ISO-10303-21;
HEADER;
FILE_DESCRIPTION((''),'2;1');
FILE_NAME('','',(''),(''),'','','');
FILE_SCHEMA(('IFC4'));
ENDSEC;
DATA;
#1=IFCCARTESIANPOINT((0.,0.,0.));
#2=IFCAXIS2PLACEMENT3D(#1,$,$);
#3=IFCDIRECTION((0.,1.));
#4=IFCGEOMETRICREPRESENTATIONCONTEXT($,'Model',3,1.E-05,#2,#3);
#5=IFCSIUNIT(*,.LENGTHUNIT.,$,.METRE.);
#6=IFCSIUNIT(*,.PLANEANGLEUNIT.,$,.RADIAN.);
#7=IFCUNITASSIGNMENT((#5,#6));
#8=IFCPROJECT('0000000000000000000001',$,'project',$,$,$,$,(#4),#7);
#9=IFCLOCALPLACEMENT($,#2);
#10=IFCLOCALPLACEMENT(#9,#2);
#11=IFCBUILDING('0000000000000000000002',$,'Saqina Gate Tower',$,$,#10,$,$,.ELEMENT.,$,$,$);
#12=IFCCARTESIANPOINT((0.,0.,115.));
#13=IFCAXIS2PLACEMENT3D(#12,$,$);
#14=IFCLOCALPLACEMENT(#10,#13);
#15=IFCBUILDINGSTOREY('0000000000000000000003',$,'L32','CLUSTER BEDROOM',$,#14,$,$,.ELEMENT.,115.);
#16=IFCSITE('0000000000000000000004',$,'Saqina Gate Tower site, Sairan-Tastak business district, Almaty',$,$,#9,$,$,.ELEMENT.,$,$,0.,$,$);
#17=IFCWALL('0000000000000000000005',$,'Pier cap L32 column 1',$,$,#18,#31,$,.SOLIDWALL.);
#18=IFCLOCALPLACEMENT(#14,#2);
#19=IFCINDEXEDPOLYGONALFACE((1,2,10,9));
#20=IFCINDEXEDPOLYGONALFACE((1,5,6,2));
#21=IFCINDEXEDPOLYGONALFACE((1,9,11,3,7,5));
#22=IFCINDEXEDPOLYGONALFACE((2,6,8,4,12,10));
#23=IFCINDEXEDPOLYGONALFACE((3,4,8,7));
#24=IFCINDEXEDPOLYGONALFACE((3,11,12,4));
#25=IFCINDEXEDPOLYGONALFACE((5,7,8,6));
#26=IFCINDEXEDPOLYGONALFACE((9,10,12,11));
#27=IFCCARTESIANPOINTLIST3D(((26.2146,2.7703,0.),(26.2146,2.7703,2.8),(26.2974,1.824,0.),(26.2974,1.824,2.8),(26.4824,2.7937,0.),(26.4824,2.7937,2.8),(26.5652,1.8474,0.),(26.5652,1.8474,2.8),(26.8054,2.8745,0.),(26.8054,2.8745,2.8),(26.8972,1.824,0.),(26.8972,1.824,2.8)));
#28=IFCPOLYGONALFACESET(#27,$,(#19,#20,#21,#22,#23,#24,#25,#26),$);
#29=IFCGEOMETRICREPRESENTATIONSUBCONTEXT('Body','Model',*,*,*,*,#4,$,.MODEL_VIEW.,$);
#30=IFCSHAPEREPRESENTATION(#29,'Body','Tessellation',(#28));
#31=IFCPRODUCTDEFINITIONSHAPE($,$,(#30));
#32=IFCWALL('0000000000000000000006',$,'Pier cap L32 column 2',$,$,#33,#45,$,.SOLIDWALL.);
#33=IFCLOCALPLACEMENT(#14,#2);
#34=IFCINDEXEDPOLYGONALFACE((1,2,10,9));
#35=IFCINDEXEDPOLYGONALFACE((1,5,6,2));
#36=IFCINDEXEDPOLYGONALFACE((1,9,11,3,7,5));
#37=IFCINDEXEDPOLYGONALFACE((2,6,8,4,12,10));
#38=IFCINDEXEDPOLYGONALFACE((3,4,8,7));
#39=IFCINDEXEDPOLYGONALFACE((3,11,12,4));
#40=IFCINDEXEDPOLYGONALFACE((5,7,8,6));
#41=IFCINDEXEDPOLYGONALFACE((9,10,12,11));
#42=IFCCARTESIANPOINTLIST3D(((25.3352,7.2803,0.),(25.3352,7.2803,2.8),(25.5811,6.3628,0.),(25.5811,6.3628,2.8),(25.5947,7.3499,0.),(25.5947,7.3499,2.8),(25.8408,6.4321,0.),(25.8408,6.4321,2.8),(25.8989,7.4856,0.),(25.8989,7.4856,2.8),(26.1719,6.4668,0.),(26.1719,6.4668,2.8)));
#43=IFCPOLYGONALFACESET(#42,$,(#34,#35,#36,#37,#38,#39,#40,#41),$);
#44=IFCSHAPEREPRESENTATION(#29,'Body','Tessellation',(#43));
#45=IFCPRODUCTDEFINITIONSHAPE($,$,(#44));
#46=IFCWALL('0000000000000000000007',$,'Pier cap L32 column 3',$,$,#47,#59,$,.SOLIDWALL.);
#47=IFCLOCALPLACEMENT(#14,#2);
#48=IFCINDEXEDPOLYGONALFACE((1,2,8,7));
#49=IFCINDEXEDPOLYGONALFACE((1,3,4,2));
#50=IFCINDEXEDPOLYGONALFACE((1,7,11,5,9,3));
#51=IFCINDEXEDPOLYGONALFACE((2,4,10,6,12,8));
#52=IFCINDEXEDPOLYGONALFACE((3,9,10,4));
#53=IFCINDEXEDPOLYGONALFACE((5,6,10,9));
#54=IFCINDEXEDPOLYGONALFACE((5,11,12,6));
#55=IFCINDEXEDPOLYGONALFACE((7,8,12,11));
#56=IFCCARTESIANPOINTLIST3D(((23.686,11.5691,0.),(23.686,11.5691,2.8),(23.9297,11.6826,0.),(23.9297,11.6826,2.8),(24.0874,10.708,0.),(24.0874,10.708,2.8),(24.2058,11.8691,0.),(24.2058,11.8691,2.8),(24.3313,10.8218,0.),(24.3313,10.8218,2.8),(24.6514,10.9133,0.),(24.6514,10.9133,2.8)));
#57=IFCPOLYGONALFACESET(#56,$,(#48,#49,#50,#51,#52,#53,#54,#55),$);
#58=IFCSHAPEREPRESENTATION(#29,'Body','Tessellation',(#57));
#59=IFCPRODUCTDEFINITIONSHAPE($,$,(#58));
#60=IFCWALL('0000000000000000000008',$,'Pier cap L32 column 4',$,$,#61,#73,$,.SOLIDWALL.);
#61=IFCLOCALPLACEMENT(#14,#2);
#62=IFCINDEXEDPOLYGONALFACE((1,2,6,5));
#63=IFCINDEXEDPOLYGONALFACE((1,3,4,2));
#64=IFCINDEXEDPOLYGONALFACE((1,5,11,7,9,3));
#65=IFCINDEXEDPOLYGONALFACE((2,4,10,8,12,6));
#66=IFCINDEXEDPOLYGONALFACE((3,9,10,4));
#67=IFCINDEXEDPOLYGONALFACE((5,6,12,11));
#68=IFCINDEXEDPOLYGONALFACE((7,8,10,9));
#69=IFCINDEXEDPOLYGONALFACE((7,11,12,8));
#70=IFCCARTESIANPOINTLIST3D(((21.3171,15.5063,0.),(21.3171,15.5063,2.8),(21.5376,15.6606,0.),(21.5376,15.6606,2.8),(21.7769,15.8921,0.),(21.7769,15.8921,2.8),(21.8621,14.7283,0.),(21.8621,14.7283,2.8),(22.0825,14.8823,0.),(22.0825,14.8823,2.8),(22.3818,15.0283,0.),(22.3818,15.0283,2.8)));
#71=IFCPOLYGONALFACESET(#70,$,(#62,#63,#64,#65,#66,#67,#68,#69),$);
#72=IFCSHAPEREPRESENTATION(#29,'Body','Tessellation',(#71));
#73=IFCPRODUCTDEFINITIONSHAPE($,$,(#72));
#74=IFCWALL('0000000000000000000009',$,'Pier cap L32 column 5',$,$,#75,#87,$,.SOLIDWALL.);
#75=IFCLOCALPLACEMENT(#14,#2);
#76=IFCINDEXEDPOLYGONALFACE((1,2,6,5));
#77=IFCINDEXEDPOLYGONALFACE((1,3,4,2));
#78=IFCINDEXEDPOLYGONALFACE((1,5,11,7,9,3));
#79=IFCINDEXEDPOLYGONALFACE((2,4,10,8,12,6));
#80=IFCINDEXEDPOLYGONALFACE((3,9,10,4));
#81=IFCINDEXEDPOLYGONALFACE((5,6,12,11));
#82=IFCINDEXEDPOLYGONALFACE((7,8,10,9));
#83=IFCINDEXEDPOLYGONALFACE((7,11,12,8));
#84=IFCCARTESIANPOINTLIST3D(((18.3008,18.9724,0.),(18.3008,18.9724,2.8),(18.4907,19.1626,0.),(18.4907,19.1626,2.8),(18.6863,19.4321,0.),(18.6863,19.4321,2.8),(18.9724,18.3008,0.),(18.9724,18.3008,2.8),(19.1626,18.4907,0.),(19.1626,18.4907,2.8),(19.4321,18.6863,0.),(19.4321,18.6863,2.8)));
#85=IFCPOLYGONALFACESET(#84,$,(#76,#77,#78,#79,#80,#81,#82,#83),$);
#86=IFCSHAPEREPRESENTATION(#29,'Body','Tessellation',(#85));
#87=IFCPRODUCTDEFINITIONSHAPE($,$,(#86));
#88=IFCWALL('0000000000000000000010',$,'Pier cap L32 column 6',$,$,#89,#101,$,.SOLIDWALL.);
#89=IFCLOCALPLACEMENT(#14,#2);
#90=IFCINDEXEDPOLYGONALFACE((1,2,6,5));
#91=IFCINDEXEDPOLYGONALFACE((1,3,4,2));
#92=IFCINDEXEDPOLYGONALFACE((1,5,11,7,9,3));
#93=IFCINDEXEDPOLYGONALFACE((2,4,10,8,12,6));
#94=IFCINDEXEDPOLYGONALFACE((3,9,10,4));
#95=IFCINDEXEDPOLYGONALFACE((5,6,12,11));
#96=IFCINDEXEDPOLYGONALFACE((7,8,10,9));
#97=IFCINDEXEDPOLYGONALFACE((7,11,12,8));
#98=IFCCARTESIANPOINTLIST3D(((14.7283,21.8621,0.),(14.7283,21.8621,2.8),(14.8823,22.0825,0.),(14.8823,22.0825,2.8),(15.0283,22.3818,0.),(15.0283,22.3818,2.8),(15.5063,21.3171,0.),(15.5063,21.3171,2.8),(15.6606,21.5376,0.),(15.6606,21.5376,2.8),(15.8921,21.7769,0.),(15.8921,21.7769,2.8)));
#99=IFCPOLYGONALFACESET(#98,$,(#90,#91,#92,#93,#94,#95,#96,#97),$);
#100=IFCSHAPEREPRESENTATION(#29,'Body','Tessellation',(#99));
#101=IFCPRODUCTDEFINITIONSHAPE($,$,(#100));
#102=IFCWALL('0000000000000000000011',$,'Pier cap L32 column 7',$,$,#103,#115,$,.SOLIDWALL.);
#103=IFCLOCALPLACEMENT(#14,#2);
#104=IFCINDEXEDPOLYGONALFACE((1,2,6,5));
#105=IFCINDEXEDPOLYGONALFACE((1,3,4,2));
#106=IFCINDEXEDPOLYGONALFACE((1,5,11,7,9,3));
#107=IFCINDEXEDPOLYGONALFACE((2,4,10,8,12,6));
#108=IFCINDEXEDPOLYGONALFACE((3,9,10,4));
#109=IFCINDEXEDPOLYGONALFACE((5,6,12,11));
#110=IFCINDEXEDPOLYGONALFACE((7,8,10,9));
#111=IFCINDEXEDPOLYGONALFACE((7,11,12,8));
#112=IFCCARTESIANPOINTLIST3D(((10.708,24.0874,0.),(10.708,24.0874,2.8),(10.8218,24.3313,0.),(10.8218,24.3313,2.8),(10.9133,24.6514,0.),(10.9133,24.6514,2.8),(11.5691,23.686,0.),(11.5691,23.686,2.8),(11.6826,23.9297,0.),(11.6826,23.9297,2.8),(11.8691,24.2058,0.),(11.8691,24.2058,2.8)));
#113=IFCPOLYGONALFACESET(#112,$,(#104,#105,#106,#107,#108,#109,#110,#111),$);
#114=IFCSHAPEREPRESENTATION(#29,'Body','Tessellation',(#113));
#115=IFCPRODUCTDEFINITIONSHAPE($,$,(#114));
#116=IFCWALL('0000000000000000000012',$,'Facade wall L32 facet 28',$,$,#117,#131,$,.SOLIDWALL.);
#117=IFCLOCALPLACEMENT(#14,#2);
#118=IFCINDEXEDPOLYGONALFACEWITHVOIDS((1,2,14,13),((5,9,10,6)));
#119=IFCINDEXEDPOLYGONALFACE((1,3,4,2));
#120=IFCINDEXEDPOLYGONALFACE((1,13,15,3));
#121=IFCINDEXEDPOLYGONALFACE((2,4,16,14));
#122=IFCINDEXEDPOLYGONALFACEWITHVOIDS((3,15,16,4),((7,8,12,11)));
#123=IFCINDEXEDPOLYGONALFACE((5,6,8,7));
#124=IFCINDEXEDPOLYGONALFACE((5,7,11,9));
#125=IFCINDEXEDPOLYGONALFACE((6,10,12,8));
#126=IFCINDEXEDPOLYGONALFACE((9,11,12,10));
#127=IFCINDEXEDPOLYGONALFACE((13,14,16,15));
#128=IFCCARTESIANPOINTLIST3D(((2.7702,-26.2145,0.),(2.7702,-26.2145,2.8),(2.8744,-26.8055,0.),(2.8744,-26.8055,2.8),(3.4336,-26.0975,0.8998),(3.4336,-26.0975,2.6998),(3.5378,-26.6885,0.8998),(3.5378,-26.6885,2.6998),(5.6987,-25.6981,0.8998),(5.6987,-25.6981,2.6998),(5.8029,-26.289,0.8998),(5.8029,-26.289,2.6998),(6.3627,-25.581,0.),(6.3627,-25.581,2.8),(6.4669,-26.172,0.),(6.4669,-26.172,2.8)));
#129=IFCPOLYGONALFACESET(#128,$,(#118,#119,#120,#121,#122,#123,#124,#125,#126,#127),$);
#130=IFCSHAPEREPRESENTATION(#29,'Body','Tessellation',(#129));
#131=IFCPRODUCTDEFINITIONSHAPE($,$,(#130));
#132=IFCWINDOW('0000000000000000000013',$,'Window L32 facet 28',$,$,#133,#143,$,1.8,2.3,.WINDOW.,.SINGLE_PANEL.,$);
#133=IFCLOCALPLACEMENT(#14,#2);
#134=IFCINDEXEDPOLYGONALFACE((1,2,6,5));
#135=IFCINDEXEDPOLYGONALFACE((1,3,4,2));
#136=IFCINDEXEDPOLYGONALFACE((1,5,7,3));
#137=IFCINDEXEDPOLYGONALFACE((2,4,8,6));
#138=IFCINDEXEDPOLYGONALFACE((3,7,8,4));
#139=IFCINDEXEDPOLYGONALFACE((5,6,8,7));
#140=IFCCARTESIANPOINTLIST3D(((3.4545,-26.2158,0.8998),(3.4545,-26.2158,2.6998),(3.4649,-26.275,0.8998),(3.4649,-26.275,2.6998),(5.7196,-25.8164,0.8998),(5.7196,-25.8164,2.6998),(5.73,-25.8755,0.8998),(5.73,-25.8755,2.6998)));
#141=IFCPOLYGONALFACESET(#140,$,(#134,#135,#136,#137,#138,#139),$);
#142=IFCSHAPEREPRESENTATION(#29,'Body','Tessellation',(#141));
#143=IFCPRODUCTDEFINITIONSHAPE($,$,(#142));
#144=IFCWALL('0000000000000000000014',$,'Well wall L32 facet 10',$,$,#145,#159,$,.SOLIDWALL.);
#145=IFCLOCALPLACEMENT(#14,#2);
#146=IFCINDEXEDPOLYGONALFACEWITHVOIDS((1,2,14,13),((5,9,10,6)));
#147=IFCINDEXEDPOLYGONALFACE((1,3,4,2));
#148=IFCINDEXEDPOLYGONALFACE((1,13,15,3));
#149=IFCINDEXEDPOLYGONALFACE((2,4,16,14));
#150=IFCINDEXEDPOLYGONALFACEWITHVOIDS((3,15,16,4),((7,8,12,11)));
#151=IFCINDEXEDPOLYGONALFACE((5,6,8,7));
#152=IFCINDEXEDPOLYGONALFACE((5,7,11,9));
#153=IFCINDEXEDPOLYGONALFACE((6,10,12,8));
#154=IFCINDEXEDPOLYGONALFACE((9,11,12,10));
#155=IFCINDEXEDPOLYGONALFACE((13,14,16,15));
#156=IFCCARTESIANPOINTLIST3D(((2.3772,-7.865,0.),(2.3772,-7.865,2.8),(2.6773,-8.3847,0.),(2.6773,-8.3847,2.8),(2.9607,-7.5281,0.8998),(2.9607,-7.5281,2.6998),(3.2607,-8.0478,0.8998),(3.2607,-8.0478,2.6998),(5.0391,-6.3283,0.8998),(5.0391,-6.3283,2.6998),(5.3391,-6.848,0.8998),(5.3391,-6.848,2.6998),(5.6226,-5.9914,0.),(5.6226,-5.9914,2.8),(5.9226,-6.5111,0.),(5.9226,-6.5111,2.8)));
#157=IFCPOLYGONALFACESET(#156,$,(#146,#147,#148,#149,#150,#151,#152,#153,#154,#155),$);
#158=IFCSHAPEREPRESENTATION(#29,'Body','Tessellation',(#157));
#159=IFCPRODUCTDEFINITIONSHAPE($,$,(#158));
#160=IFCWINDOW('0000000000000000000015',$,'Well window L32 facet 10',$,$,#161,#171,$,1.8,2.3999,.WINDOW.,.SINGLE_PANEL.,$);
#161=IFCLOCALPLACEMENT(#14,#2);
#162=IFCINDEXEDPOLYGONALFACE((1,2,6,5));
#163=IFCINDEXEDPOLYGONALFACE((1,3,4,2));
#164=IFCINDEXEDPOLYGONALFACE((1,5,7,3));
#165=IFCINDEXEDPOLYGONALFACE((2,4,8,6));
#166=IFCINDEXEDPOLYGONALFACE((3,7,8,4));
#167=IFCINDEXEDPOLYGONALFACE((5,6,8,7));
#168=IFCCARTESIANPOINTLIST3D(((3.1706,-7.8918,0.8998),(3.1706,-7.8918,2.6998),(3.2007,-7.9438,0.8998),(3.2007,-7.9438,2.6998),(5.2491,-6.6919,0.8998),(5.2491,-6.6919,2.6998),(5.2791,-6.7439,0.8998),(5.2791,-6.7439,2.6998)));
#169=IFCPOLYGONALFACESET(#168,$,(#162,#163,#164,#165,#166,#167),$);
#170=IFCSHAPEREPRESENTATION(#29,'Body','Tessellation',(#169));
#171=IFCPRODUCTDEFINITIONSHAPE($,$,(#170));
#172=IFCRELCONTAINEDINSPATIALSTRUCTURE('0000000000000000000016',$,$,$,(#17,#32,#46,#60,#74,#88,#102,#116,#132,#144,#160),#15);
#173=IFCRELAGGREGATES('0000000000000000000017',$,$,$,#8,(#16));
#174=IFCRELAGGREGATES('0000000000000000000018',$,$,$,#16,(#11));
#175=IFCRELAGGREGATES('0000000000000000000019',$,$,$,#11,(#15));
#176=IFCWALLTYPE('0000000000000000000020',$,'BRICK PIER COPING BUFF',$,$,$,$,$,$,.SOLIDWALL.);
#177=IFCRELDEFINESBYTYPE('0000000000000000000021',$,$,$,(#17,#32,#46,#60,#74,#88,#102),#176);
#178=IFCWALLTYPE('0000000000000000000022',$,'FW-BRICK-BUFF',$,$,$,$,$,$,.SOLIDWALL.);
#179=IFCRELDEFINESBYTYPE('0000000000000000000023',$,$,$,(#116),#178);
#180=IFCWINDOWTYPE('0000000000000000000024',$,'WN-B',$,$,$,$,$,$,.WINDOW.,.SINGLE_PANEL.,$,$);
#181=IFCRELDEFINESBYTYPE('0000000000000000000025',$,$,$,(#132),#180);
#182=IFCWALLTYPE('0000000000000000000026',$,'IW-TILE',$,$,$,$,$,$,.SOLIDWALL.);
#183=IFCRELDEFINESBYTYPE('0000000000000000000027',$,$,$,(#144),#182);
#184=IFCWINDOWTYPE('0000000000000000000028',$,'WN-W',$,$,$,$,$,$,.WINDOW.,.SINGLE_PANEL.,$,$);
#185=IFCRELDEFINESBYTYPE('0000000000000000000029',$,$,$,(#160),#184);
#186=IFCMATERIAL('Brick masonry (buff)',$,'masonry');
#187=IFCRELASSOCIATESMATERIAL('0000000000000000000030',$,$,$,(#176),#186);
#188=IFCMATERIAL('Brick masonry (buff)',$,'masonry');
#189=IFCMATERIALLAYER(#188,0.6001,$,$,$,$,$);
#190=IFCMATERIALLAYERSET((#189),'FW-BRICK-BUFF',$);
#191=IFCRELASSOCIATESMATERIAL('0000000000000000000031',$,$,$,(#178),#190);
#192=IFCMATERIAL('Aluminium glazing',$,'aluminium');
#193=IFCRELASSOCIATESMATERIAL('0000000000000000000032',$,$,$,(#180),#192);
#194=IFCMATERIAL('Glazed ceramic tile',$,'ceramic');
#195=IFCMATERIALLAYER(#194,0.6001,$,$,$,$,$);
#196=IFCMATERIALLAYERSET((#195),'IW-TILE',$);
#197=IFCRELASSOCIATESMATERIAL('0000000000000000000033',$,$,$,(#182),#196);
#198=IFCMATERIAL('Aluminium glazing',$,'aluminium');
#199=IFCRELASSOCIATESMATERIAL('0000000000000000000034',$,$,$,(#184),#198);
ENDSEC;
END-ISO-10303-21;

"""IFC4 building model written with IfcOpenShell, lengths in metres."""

from ifc_helpers import new_model, si_unit, direction, frame, frame_2d, origin, place, context, subcontext, project, spatial, polyline, rectangle, outline, extrude, material, layer, layer_set, type_object, element, fill, save


model = new_model("IFC4")

# Units and contexts
model_context = context("Model", 3, precision=1e-05, world=origin(), true_north=direction((0.0, 1.0)))
body_context = subcontext(model_context, "Body", "Model", "MODEL_VIEW")
ifc_project = project(units=[si_unit("LENGTHUNIT", "METRE"), si_unit("PLANEANGLEUNIT", "RADIAN")], contexts=[model_context])

# Site, building, storey
site_placement = place(None, origin())
site = spatial("IfcSite", under=ifc_project, at=site_placement, Name="Saqina Gate Tower site, Sairan-Tastak business district, Almaty", CompositionType="ELEMENT", RefElevation=0.0)
building_placement = place(site_placement, origin())
building = spatial("IfcBuilding", under=site, at=building_placement, Name="Saqina Gate Tower", CompositionType="ELEMENT")
storey_placement = place(building_placement, frame((0.0, 0.0, 115.0)))
storey = spatial("IfcBuildingStorey", under=building, at=storey_placement, Name="L32", Description="CLUSTER BEDROOM", CompositionType="ELEMENT", Elevation=115.0)

# Walls
ifc_material_1 = material(Name="Brick masonry (buff)", Category="masonry")
wall_type_1 = type_object("IfcWallType", Name="BRICK PIER COPING BUFF", PredefinedType="SOLIDWALL", material=ifc_material_1)
wall_1_placement = place(storey_placement, origin())
element("IfcWall", 1, at=wall_1_placement, inside=storey, type_object=wall_type_1, Name="Pier cap L32 column 1", PredefinedType="SOLIDWALL", context=body_context, shape_type="SweptSolid", body=[
    extrude(outline(polyline([(26.8054, 2.8745), (26.2146, 2.7703), (26.4824, 2.7937), (26.5652, 1.8474), (26.2974, 1.824), (26.8972, 1.824), (26.8054, 2.8745)])), origin(), (0.0, 0.0, 1.0), 2.8),
])
wall_2_placement = place(storey_placement, origin())
element("IfcWall", 2, at=wall_2_placement, inside=storey, type_object=wall_type_1, Name="Pier cap L32 column 2", PredefinedType="SOLIDWALL", context=body_context, shape_type="SweptSolid", body=[
    extrude(outline(polyline([(26.1719, 6.4668), (25.8989, 7.4856), (25.3352, 7.2803), (25.5947, 7.3499), (25.8408, 6.4321), (25.5811, 6.3628), (26.1719, 6.4668)])), origin(), (0.0, 0.0, 1.0), 2.8),
])
wall_3_placement = place(storey_placement, origin())
element("IfcWall", 3, at=wall_3_placement, inside=storey, type_object=wall_type_1, Name="Pier cap L32 column 3", PredefinedType="SOLIDWALL", context=body_context, shape_type="SweptSolid", body=[
    extrude(outline(polyline([(24.6514, 10.9133), (24.2058, 11.8691), (23.686, 11.5691), (23.9297, 11.6826), (24.3313, 10.8218), (24.0874, 10.708), (24.6514, 10.9133)])), origin(), (0.0, 0.0, 1.0), 2.8),
])
wall_4_placement = place(storey_placement, origin())
element("IfcWall", 4, at=wall_4_placement, inside=storey, type_object=wall_type_1, Name="Pier cap L32 column 4", PredefinedType="SOLIDWALL", context=body_context, shape_type="SweptSolid", body=[
    extrude(outline(polyline([(21.7769, 15.8921), (21.3171, 15.5063), (21.5376, 15.6606), (22.0825, 14.8823), (21.8621, 14.7283), (22.3818, 15.0283), (21.7769, 15.8921)])), origin(), (0.0, 0.0, 1.0), 2.8),
])
wall_5_placement = place(storey_placement, origin())
element("IfcWall", 5, at=wall_5_placement, inside=storey, type_object=wall_type_1, Name="Pier cap L32 column 5", PredefinedType="SOLIDWALL", context=body_context, shape_type="SweptSolid", body=[
    extrude(outline(polyline([(19.4321, 18.6863), (18.6863, 19.4321), (18.3008, 18.9724), (18.4907, 19.1626), (19.1626, 18.4907), (18.9724, 18.3008), (19.4321, 18.6863)])), origin(), (0.0, 0.0, 1.0), 2.8),
])
wall_6_placement = place(storey_placement, origin())
element("IfcWall", 6, at=wall_6_placement, inside=storey, type_object=wall_type_1, Name="Pier cap L32 column 6", PredefinedType="SOLIDWALL", context=body_context, shape_type="SweptSolid", body=[
    extrude(outline(polyline([(15.0283, 22.3818), (14.7283, 21.8621), (14.8823, 22.0825), (15.6606, 21.5376), (15.5063, 21.3171), (15.8921, 21.7769), (15.0283, 22.3818)])), origin(), (0.0, 0.0, 1.0), 2.8),
])
wall_7_placement = place(storey_placement, origin())
element("IfcWall", 7, at=wall_7_placement, inside=storey, type_object=wall_type_1, Name="Pier cap L32 column 7", PredefinedType="SOLIDWALL", context=body_context, shape_type="SweptSolid", body=[
    extrude(outline(polyline([(10.9133, 24.6514), (10.708, 24.0874), (10.8218, 24.3313), (11.6826, 23.9297), (11.5691, 23.686), (11.8691, 24.2058), (10.9133, 24.6514)])), origin(), (0.0, 0.0, 1.0), 2.8),
])

# Walls, openings, windows
ifc_material_2 = material(Name="Brick masonry (buff)", Category="masonry")
ifc_layer_1 = layer(ifc_material_2, 0.6001)
ifc_layer_set_1 = layer_set([ifc_layer_1], Name="FW-BRICK-BUFF")
wall_type_2 = type_object("IfcWallType", Name="FW-BRICK-BUFF", PredefinedType="SOLIDWALL", material=ifc_layer_set_1)
wall_8_placement = place(storey_placement, frame((2.8223, -26.51, 0.0), z_axis=(0.0, 0.0, 1.0), x_axis=(0.984804, 0.173671, 0.0)))
wall_8 = element("IfcWall", 8, at=wall_8_placement, inside=storey, type_object=wall_type_2, Name="Facade wall L32 facet 28", PredefinedType="SOLIDWALL", context=body_context, shape_type="SweptSolid", body=[
    extrude(rectangle(XDim=3.6479, YDim=0.6001, at=frame_2d((1.824, 0.0))), origin(), (0.0, 0.0, 1.0), 2.8),
])
opening_1_placement = place(wall_8_placement, frame((0.6738, 0.0, 0.8999)))
opening_1 = element("IfcOpeningElement", 9, at=opening_1_placement, cuts=wall_8, PredefinedType="OPENING", context=body_context, shape_type="SweptSolid", body=[
    extrude(rectangle(XDim=2.3, YDim=1.8, at=frame_2d((1.1499, 0.8999))), frame((0.0, 0.312, 0.0), z_axis=(0.0, -1.0, 0.0), x_axis=(1.0, 0.0, 0.0)), (0.0, 0.0, 1.0), 0.624),
])
ifc_material_3 = material(Name="Aluminium glazing", Category="aluminium")
window_type_1 = type_object("IfcWindowType", Name="WN-B", PartitioningType="SINGLE_PANEL", PredefinedType="WINDOW", material=ifc_material_3)
window_1_placement = place(opening_1_placement, origin())
window_1 = element("IfcWindow", 10, at=window_1_placement, inside=storey, type_object=window_type_1, Name="Window L32 facet 28", OverallHeight=1.8, OverallWidth=2.3, PartitioningType="SINGLE_PANEL", PredefinedType="WINDOW", context=body_context, shape_type="SweptSolid", body=[
    extrude(rectangle(XDim=2.3, YDim=1.8, at=frame_2d((1.1499, 0.8999))), frame((0.0, 0.1799, 0.0), z_axis=(0.0, -1.0, 0.0), x_axis=(1.0, 0.0, 0.0)), (0.0, 0.0, 1.0), 0.0601),
])
fill(opening_1, window_1)
ifc_material_4 = material(Name="Glazed ceramic tile", Category="ceramic")
ifc_layer_2 = layer(ifc_material_4, 0.6001)
ifc_layer_set_2 = layer_set([ifc_layer_2], Name="IW-TILE")
wall_type_3 = type_object("IfcWallType", Name="IW-TILE", PredefinedType="SOLIDWALL", material=ifc_layer_set_2)
wall_9_placement = place(storey_placement, frame((2.5273, -8.1248, 0.0), z_axis=(0.0, 0.0, 1.0), x_axis=(0.866046, 0.499965, 0.0)))
wall_9 = element("IfcWall", 11, at=wall_9_placement, inside=storey, type_object=wall_type_3, Name="Well wall L32 facet 10", PredefinedType="SOLIDWALL", context=body_context, shape_type="SweptSolid", body=[
    extrude(rectangle(XDim=3.7473, YDim=0.6001, at=frame_2d((1.8735, 0.0))), origin(), (0.0, 0.0, 1.0), 2.8),
])
opening_2_placement = place(wall_9_placement, frame((0.6736, 0.0, 0.8999)))
opening_2 = element("IfcOpeningElement", 12, at=opening_2_placement, cuts=wall_9, PredefinedType="OPENING", context=body_context, shape_type="SweptSolid", body=[
    extrude(rectangle(XDim=2.3999, YDim=1.8, at=frame_2d((1.2, 0.8999))), frame((0.0, 0.312, 0.0), z_axis=(0.0, -1.0, 0.0), x_axis=(1.0, 0.0, 0.0)), (0.0, 0.0, 1.0), 0.624),
])
ifc_material_5 = material(Name="Aluminium glazing", Category="aluminium")
window_type_2 = type_object("IfcWindowType", Name="WN-W", PartitioningType="SINGLE_PANEL", PredefinedType="WINDOW", material=ifc_material_5)
window_2_placement = place(opening_2_placement, origin())
window_2 = element("IfcWindow", 13, at=window_2_placement, inside=storey, type_object=window_type_2, Name="Well window L32 facet 10", OverallHeight=1.8, OverallWidth=2.3999, PartitioningType="SINGLE_PANEL", PredefinedType="WINDOW", context=body_context, shape_type="SweptSolid", body=[
    extrude(rectangle(XDim=2.3999, YDim=1.8, at=frame_2d((1.2, 0.8999))), frame((0.0, -0.1199, 0.0), z_axis=(0.0, -1.0, 0.0), x_axis=(1.0, 0.0, 0.0)), (0.0, 0.0, 1.0), 0.0601),
])
fill(opening_2, window_2)

save(model, "model.ifc")
